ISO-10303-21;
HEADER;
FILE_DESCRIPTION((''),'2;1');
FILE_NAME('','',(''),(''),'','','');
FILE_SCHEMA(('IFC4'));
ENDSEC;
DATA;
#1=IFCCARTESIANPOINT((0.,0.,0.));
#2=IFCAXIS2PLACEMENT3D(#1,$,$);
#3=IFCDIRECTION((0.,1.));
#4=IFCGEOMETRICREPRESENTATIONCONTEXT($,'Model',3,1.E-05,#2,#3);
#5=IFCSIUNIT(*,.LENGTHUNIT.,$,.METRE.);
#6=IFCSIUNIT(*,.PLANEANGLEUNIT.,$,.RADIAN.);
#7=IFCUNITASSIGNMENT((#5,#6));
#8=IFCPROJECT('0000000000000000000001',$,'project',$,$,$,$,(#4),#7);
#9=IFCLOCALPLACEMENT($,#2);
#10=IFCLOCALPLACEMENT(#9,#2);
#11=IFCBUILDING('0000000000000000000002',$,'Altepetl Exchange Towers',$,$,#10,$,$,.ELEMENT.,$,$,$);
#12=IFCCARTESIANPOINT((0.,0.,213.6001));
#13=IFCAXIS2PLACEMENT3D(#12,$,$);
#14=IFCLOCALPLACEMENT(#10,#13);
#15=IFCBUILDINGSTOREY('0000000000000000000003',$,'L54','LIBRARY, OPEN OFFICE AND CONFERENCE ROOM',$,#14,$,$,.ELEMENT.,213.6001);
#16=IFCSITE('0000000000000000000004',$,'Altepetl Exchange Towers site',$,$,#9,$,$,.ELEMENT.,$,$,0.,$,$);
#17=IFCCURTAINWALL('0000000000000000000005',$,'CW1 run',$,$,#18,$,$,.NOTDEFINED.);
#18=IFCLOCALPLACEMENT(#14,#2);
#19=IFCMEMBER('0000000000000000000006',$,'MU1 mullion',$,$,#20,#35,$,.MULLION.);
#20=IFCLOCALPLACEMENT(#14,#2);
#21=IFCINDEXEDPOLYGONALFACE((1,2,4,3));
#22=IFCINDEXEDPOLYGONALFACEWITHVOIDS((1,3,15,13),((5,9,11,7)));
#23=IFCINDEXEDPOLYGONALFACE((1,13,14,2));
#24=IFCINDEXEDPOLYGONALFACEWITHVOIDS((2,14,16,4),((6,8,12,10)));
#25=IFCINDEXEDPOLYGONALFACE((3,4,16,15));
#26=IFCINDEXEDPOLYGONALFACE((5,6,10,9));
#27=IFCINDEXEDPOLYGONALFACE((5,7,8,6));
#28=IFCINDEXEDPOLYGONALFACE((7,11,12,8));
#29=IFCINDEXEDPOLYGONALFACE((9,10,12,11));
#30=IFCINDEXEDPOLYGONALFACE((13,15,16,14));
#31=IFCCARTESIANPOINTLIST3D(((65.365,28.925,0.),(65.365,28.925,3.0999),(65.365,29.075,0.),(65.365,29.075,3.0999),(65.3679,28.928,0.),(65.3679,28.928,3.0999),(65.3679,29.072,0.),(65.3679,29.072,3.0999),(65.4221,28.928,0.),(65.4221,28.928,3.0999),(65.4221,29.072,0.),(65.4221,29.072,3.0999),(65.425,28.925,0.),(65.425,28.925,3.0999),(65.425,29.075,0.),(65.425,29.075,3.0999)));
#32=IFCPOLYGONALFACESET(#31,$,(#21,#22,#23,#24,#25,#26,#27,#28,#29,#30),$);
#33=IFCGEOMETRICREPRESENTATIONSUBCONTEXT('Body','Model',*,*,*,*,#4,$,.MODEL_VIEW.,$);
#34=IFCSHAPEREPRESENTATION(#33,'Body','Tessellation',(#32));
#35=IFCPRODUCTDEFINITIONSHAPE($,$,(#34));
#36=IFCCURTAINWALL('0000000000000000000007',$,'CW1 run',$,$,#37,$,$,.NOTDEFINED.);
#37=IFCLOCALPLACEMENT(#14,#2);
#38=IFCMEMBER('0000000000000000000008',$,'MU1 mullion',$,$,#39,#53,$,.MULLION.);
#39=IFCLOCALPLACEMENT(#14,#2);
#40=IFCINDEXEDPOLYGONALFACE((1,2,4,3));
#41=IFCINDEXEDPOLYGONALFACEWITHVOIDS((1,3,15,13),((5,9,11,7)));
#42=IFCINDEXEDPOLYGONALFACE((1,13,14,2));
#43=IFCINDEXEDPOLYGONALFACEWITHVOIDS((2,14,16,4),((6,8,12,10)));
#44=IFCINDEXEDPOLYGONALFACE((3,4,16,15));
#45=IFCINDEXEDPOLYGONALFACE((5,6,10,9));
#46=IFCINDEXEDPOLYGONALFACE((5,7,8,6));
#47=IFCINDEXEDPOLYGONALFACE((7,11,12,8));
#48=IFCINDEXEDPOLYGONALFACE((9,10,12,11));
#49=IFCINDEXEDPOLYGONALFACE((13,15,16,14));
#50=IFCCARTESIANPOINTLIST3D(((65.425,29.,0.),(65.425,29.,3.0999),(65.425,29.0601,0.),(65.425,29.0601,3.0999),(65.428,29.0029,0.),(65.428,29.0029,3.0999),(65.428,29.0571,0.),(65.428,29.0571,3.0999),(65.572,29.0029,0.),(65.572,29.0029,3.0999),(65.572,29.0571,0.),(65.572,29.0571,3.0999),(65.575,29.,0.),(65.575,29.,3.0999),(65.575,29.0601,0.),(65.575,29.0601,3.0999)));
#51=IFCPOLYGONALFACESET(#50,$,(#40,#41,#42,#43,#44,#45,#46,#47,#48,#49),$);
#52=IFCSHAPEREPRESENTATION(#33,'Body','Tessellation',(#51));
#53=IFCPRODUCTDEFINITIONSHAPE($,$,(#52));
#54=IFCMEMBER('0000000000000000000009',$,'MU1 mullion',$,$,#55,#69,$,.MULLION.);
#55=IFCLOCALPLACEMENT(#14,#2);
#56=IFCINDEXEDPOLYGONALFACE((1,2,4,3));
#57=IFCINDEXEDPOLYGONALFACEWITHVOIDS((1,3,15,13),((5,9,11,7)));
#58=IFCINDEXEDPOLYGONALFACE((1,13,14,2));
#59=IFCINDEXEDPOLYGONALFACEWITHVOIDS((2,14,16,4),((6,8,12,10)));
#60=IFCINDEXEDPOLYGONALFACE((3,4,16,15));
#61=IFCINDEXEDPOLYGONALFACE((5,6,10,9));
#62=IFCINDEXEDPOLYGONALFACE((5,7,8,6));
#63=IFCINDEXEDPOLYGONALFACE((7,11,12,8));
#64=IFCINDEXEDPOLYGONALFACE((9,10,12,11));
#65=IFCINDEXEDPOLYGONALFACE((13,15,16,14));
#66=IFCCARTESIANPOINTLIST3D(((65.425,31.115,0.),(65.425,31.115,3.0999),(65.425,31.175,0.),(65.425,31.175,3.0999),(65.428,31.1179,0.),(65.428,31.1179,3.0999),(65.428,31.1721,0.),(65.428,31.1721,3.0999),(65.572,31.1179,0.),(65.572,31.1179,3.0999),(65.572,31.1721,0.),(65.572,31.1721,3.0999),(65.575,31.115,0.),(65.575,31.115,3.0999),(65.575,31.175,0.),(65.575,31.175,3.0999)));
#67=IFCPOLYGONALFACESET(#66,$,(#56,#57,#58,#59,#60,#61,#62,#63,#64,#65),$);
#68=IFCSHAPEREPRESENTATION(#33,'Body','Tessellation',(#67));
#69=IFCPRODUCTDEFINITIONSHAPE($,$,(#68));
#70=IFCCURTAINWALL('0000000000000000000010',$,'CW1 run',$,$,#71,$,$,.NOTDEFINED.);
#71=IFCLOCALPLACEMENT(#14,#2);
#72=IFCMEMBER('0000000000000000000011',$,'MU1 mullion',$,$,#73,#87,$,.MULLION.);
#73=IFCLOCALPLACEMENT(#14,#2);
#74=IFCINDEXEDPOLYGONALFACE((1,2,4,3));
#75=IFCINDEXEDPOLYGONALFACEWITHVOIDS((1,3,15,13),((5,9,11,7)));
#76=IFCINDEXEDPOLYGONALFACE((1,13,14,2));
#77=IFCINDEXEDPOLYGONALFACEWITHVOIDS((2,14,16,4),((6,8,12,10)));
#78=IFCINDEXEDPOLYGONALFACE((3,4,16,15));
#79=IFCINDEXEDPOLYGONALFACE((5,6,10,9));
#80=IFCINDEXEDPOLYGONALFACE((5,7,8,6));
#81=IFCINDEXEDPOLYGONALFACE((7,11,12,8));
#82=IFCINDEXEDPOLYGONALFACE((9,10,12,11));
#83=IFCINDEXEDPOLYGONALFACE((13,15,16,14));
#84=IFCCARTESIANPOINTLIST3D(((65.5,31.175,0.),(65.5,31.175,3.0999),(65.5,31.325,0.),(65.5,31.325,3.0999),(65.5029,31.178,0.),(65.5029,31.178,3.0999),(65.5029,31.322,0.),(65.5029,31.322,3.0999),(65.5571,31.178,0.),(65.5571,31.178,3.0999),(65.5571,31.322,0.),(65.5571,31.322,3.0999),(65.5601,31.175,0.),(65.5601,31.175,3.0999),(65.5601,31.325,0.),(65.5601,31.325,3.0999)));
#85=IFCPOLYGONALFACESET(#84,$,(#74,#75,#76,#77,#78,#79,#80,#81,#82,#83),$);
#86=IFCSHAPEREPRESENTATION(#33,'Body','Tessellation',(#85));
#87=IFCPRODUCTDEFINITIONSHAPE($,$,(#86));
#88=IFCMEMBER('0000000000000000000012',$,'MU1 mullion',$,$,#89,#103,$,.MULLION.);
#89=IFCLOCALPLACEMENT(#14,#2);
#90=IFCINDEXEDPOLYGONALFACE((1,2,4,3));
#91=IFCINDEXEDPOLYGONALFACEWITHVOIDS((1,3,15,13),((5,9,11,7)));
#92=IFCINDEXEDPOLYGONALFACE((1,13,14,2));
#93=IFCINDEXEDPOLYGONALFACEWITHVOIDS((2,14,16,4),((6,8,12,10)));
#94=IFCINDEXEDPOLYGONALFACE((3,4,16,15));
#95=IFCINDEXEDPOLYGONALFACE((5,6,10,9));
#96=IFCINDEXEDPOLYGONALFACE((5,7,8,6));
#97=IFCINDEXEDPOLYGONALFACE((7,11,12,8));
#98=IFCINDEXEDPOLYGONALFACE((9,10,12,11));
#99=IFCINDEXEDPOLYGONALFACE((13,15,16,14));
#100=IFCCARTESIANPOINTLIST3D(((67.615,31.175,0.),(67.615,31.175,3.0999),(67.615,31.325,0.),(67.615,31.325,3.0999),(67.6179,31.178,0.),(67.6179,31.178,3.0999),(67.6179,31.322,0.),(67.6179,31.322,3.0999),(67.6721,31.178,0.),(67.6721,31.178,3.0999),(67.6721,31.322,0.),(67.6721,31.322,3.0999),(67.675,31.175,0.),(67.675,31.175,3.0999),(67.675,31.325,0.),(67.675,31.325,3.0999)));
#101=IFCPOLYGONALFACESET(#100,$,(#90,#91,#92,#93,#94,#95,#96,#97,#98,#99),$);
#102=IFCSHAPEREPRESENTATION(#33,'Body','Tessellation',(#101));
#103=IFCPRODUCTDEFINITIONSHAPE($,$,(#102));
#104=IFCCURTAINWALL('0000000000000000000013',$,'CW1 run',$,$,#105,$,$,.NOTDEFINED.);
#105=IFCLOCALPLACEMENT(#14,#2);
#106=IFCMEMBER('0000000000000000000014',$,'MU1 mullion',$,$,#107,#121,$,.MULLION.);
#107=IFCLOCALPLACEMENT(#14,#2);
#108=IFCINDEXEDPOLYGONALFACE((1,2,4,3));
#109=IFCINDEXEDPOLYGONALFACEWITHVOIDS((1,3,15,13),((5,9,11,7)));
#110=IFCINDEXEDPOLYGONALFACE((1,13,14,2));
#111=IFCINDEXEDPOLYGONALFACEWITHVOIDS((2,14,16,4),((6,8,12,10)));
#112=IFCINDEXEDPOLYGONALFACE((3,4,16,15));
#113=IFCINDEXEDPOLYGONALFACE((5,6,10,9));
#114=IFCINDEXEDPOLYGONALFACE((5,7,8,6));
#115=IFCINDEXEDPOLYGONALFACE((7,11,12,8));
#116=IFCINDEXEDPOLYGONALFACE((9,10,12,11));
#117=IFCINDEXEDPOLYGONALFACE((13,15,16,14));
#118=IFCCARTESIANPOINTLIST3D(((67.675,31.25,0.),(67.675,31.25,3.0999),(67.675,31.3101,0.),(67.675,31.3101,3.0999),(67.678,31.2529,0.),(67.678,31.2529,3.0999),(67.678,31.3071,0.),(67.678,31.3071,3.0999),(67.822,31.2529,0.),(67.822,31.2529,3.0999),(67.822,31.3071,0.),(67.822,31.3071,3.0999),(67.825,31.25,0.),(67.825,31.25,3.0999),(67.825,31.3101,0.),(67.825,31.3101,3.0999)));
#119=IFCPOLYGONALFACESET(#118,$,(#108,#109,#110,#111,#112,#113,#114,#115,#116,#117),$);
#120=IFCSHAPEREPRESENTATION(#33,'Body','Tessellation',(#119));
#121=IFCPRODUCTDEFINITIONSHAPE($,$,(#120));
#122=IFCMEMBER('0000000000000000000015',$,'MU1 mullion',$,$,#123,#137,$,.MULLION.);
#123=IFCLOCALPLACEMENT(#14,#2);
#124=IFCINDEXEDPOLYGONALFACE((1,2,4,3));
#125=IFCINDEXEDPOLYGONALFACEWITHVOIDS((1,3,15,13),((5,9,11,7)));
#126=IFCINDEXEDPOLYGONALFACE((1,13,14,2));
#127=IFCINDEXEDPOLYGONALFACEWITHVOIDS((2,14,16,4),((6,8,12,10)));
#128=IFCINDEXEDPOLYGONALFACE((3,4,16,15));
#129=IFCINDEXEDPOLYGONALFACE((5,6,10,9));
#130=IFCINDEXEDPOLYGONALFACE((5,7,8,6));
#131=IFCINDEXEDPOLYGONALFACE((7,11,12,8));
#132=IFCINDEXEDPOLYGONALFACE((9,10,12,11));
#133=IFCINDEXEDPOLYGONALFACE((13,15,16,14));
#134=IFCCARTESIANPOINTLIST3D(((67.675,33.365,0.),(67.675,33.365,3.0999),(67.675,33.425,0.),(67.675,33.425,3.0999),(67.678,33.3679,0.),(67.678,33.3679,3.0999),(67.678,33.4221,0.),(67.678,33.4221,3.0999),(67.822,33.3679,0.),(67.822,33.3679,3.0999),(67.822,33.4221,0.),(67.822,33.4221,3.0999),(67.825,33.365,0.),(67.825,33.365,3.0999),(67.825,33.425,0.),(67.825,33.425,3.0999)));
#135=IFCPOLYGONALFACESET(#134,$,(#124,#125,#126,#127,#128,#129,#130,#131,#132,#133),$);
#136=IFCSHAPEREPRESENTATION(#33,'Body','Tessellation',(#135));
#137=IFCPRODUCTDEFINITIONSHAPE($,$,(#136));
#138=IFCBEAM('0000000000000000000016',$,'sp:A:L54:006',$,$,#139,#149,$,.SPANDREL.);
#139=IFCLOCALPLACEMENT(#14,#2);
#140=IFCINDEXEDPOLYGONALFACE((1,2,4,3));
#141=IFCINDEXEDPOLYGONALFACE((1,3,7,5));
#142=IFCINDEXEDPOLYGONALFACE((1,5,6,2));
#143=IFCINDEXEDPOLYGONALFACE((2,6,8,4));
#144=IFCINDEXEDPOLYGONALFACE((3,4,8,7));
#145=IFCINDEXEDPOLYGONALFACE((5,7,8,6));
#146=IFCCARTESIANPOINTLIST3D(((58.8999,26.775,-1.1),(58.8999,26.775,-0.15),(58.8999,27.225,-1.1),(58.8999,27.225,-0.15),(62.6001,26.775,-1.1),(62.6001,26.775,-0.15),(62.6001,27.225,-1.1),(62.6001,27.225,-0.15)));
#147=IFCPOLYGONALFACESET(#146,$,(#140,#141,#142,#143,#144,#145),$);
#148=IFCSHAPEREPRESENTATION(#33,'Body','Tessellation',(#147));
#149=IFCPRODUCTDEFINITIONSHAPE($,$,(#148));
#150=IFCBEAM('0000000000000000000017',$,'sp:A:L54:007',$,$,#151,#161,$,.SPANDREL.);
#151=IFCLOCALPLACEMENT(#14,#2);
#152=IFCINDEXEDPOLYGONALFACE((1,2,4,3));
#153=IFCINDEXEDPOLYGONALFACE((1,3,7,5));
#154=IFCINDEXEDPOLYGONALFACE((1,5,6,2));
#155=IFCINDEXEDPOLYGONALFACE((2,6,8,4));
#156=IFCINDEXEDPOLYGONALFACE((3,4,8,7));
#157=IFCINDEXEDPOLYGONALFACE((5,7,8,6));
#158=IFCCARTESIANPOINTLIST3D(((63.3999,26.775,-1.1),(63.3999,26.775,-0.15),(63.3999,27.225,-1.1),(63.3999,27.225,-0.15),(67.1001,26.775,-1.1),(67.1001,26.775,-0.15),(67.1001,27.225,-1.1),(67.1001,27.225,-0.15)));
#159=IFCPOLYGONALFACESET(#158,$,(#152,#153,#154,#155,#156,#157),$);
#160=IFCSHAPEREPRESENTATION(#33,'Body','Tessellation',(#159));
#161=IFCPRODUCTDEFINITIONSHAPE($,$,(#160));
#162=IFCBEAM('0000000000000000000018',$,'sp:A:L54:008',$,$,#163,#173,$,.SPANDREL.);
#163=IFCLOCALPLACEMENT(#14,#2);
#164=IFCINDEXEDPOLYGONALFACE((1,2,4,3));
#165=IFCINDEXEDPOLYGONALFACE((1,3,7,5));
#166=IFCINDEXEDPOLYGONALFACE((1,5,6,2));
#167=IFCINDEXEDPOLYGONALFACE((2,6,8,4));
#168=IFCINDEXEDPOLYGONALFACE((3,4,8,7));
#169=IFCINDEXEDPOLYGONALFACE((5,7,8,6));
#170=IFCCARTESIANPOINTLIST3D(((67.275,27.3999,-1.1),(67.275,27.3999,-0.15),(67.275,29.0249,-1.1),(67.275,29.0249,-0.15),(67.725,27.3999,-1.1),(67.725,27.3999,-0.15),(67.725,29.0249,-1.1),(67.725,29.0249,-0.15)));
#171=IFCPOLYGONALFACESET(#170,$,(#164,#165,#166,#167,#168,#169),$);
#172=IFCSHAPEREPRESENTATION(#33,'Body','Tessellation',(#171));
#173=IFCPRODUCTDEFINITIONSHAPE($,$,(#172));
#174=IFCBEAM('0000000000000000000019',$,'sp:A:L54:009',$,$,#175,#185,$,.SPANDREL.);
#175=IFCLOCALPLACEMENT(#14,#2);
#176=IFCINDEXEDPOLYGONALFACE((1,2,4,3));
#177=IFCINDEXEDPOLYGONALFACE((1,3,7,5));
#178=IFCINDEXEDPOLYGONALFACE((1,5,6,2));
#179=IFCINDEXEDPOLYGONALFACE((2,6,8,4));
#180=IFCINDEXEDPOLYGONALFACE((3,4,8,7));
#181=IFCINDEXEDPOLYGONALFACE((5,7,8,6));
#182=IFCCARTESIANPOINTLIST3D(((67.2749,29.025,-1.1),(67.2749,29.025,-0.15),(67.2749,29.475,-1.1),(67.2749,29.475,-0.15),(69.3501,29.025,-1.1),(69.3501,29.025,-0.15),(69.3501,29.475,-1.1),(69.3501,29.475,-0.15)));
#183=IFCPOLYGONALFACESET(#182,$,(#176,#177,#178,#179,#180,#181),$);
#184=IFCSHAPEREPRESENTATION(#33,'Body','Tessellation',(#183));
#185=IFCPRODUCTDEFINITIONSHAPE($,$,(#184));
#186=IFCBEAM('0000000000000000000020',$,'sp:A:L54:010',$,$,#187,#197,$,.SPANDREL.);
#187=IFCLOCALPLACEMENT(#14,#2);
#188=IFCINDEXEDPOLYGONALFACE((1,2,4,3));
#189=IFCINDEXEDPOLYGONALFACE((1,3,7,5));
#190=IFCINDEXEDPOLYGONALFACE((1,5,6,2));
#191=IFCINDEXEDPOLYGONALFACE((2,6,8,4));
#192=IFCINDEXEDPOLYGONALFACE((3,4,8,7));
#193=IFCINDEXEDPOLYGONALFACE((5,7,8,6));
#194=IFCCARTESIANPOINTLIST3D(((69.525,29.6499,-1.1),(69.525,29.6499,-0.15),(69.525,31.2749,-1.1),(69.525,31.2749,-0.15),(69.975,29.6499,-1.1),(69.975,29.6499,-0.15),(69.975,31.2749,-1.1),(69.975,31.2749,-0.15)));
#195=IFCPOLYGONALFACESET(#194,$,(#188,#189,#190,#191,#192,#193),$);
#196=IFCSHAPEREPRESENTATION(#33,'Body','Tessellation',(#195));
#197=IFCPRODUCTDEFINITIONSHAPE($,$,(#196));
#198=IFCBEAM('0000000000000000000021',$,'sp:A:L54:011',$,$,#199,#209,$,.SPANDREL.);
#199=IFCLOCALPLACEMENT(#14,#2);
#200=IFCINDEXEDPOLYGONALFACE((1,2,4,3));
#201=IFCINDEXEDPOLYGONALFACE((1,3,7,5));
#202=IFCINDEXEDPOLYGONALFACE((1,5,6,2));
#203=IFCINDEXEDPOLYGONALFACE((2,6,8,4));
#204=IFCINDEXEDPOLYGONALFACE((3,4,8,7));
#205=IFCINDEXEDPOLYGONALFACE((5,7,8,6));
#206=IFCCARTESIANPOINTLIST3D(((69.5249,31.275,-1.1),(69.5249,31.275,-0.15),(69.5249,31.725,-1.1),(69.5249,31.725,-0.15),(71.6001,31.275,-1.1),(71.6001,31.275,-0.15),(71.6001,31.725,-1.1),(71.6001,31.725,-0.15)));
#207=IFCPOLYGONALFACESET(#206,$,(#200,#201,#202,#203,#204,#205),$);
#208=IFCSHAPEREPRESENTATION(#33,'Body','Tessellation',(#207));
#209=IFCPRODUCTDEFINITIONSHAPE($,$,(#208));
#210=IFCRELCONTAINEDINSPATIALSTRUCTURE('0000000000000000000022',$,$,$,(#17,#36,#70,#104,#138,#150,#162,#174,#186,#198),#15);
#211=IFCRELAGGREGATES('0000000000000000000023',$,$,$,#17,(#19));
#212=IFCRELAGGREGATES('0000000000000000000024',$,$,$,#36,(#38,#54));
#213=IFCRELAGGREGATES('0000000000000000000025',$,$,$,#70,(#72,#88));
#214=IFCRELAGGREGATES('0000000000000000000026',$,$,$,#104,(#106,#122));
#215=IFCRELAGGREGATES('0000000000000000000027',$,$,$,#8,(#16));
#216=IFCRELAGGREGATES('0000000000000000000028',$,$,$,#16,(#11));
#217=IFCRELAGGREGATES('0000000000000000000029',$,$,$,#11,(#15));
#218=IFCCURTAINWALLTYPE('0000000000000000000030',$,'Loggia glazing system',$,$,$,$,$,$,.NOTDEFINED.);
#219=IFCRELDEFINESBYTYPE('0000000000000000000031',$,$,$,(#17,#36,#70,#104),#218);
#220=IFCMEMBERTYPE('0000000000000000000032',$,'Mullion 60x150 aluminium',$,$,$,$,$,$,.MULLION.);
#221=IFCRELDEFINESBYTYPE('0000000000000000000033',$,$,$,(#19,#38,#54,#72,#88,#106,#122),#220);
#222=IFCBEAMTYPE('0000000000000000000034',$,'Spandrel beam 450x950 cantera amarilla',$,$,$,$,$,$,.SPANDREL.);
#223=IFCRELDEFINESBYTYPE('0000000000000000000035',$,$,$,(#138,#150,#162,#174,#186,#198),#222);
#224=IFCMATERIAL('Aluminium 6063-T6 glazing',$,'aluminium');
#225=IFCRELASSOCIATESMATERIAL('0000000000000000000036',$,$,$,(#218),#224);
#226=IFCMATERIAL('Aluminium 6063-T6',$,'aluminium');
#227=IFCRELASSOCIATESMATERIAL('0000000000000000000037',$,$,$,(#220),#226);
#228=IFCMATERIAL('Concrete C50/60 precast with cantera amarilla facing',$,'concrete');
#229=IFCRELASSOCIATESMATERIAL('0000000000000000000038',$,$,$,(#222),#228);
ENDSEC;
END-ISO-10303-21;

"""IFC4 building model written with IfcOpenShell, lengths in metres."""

from ifc_helpers import new_model, si_unit, direction, frame, origin, origin_2d, place, context, subcontext, project, spatial, rectangle, hollow_rectangle, extrude, material, material_profile, profile_set, type_object, element, aggregate, save


model = new_model("IFC4")

# Units and contexts
model_context = context("Model", 3, precision=1e-05, world=origin(), true_north=direction((0.0, 1.0)))
body_context = subcontext(model_context, "Body", "Model", "MODEL_VIEW")
ifc_project = project(units=[si_unit("LENGTHUNIT", "METRE"), si_unit("PLANEANGLEUNIT", "RADIAN")], contexts=[model_context])

# Site, building, storey
site_placement = place(None, origin())
site = spatial("IfcSite", under=ifc_project, at=site_placement, Name="Altepetl Exchange Towers site", CompositionType="ELEMENT", RefElevation=0.0)
building_placement = place(site_placement, origin())
building = spatial("IfcBuilding", under=site, at=building_placement, Name="Altepetl Exchange Towers", CompositionType="ELEMENT")
storey_placement = place(building_placement, frame((0.0, 0.0, 213.6001)))
storey = spatial("IfcBuildingStorey", under=building, at=storey_placement, Name="L54", Description="LIBRARY, OPEN OFFICE AND CONFERENCE ROOM", CompositionType="ELEMENT", Elevation=213.6001)

# Curtain walls, members
ifc_material_1 = material(Name="Aluminium 6063-T6 glazing", Category="aluminium")
curtain_wall_type = type_object("IfcCurtainWallType", Name="Loggia glazing system", PredefinedType="NOTDEFINED", material=ifc_material_1)
curtain_wall_1_placement = place(storey_placement, origin())
curtain_wall_1 = element("IfcCurtainWall", 1, at=curtain_wall_1_placement, inside=storey, type_object=curtain_wall_type, Name="CW1 run", PredefinedType="NOTDEFINED")
ifc_material_2 = material(Name="Aluminium 6063-T6", Category="aluminium")
ifc_material_profile_1 = material_profile(ifc_material_2, hollow_rectangle(XDim=0.0601, YDim=0.1499, WallThickness=0.0029, at=origin_2d()), Name="Mullion 60x150 aluminium")
ifc_profile_set_1 = profile_set([ifc_material_profile_1], Name="Aluminium 6063-T6")
member_type = type_object("IfcMemberType", Name="Mullion 60x150 aluminium", PredefinedType="MULLION", material=ifc_profile_set_1)
member_1_placement = place(storey_placement, frame((65.395, 29.0, 0.0)))
member_1 = element("IfcMember", 2, at=member_1_placement, type_object=member_type, Name="MU1 mullion", PredefinedType="MULLION", context=body_context, shape_type="SweptSolid", body=[
    extrude(hollow_rectangle(XDim=0.0601, YDim=0.1499, WallThickness=0.0029, at=origin_2d()), origin(), (0.0, 0.0, 1.0), 3.0999),
])
curtain_wall_2_placement = place(storey_placement, origin())
curtain_wall_2 = element("IfcCurtainWall", 3, at=curtain_wall_2_placement, inside=storey, type_object=curtain_wall_type, Name="CW1 run", PredefinedType="NOTDEFINED")
member_2_placement = place(storey_placement, frame((65.5, 29.03, 0.0), z_axis=(0.0, 0.0, 1.0), x_axis=(0.0, 1.0, 0.0)))
member_2 = element("IfcMember", 4, at=member_2_placement, type_object=member_type, Name="MU1 mullion", PredefinedType="MULLION", context=body_context, shape_type="SweptSolid", body=[
    extrude(hollow_rectangle(XDim=0.0601, YDim=0.1499, WallThickness=0.0029, at=origin_2d()), origin(), (0.0, 0.0, 1.0), 3.0999),
])
member_3_placement = place(storey_placement, frame((65.5, 31.145, 0.0), z_axis=(0.0, 0.0, 1.0), x_axis=(0.0, 1.0, 0.0)))
member_3 = element("IfcMember", 5, at=member_3_placement, type_object=member_type, Name="MU1 mullion", PredefinedType="MULLION", context=body_context, shape_type="SweptSolid", body=[
    extrude(hollow_rectangle(XDim=0.0601, YDim=0.1499, WallThickness=0.0029, at=origin_2d()), origin(), (0.0, 0.0, 1.0), 3.0999),
])
curtain_wall_3_placement = place(storey_placement, origin())
curtain_wall_3 = element("IfcCurtainWall", 6, at=curtain_wall_3_placement, inside=storey, type_object=curtain_wall_type, Name="CW1 run", PredefinedType="NOTDEFINED")
member_4_placement = place(storey_placement, frame((65.53, 31.25, 0.0)))
member_4 = element("IfcMember", 7, at=member_4_placement, type_object=member_type, Name="MU1 mullion", PredefinedType="MULLION", context=body_context, shape_type="SweptSolid", body=[
    extrude(hollow_rectangle(XDim=0.0601, YDim=0.1499, WallThickness=0.0029, at=origin_2d()), origin(), (0.0, 0.0, 1.0), 3.0999),
])
member_5_placement = place(storey_placement, frame((67.645, 31.25, 0.0)))
member_5 = element("IfcMember", 8, at=member_5_placement, type_object=member_type, Name="MU1 mullion", PredefinedType="MULLION", context=body_context, shape_type="SweptSolid", body=[
    extrude(hollow_rectangle(XDim=0.0601, YDim=0.1499, WallThickness=0.0029, at=origin_2d()), origin(), (0.0, 0.0, 1.0), 3.0999),
])
curtain_wall_4_placement = place(storey_placement, origin())
curtain_wall_4 = element("IfcCurtainWall", 9, at=curtain_wall_4_placement, inside=storey, type_object=curtain_wall_type, Name="CW1 run", PredefinedType="NOTDEFINED")
member_6_placement = place(storey_placement, frame((67.75, 31.28, 0.0), z_axis=(0.0, 0.0, 1.0), x_axis=(0.0, 1.0, 0.0)))
member_6 = element("IfcMember", 10, at=member_6_placement, type_object=member_type, Name="MU1 mullion", PredefinedType="MULLION", context=body_context, shape_type="SweptSolid", body=[
    extrude(hollow_rectangle(XDim=0.0601, YDim=0.1499, WallThickness=0.0029, at=origin_2d()), origin(), (0.0, 0.0, 1.0), 3.0999),
])
member_7_placement = place(storey_placement, frame((67.75, 33.395, 0.0), z_axis=(0.0, 0.0, 1.0), x_axis=(0.0, 1.0, 0.0)))
member_7 = element("IfcMember", 11, at=member_7_placement, type_object=member_type, Name="MU1 mullion", PredefinedType="MULLION", context=body_context, shape_type="SweptSolid", body=[
    extrude(hollow_rectangle(XDim=0.0601, YDim=0.1499, WallThickness=0.0029, at=origin_2d()), origin(), (0.0, 0.0, 1.0), 3.0999),
])

# Beams
ifc_material_3 = material(Name="Concrete C50/60 precast with cantera amarilla facing", Category="concrete")
ifc_material_profile_2 = material_profile(ifc_material_3, rectangle(XDim=0.45, YDim=0.95, at=origin_2d()), Name="450 x 950")
ifc_profile_set_2 = profile_set([ifc_material_profile_2], Name="Concrete C50/60 precast with cantera amarilla facing")
beam_type_1 = type_object("IfcBeamType", Name="Spandrel beam 450x950 cantera amarilla", PredefinedType="SPANDREL", material=ifc_profile_set_2)
for number, where, z_axis, x_axis, name in (
    (12, (58.8999, 27.0, -0.625), (1.0, 0.0, 0.0), (0.0, 1.0, 0.0), "sp:A:L54:006"),
    (13, (63.3999, 27.0, -0.625), (1.0, 0.0, 0.0), (0.0, 1.0, 0.0), "sp:A:L54:007"),
):
    element("IfcBeam", number, at=place(storey_placement, frame(where, z_axis=z_axis, x_axis=x_axis)), inside=storey, type_object=beam_type_1, Name=name, PredefinedType="SPANDREL", context=body_context, shape_type="SweptSolid", body=[
        extrude(rectangle(XDim=0.45, YDim=0.95, at=origin_2d()), origin(), (0.0, 0.0, 1.0), 3.7002),
    ])
beam_1_placement = place(storey_placement, frame((67.5, 27.3999, -0.625), z_axis=(0.0, 1.0, 0.0), x_axis=(-1.0, 0.0, 0.0)))
element("IfcBeam", 14, at=beam_1_placement, inside=storey, type_object=beam_type_1, Name="sp:A:L54:008", PredefinedType="SPANDREL", context=body_context, shape_type="SweptSolid", body=[
    extrude(rectangle(XDim=0.45, YDim=0.95, at=origin_2d()), origin(), (0.0, 0.0, 1.0), 1.625),
])
beam_2_placement = place(storey_placement, frame((67.2749, 29.25, -0.625), z_axis=(1.0, 0.0, 0.0), x_axis=(0.0, 1.0, 0.0)))
element("IfcBeam", 15, at=beam_2_placement, inside=storey, type_object=beam_type_1, Name="sp:A:L54:009", PredefinedType="SPANDREL", context=body_context, shape_type="SweptSolid", body=[
    extrude(rectangle(XDim=0.45, YDim=0.95, at=origin_2d()), origin(), (0.0, 0.0, 1.0), 2.0752),
])
beam_3_placement = place(storey_placement, frame((69.75, 29.6499, -0.625), z_axis=(0.0, 1.0, 0.0), x_axis=(-1.0, 0.0, 0.0)))
element("IfcBeam", 16, at=beam_3_placement, inside=storey, type_object=beam_type_1, Name="sp:A:L54:010", PredefinedType="SPANDREL", context=body_context, shape_type="SweptSolid", body=[
    extrude(rectangle(XDim=0.45, YDim=0.95, at=origin_2d()), origin(), (0.0, 0.0, 1.0), 1.625),
])
beam_4_placement = place(storey_placement, frame((69.5249, 31.5, -0.625), z_axis=(1.0, 0.0, 0.0), x_axis=(0.0, 1.0, 0.0)))
element("IfcBeam", 17, at=beam_4_placement, inside=storey, type_object=beam_type_1, Name="sp:A:L54:011", PredefinedType="SPANDREL", context=body_context, shape_type="SweptSolid", body=[
    extrude(rectangle(XDim=0.45, YDim=0.95, at=origin_2d()), origin(), (0.0, 0.0, 1.0), 2.0752),
])

aggregate(curtain_wall_1, [member_1])
aggregate(curtain_wall_2, [member_2, member_3])
aggregate(curtain_wall_3, [member_4, member_5])
aggregate(curtain_wall_4, [member_6, member_7])

save(model, "model.ifc")
